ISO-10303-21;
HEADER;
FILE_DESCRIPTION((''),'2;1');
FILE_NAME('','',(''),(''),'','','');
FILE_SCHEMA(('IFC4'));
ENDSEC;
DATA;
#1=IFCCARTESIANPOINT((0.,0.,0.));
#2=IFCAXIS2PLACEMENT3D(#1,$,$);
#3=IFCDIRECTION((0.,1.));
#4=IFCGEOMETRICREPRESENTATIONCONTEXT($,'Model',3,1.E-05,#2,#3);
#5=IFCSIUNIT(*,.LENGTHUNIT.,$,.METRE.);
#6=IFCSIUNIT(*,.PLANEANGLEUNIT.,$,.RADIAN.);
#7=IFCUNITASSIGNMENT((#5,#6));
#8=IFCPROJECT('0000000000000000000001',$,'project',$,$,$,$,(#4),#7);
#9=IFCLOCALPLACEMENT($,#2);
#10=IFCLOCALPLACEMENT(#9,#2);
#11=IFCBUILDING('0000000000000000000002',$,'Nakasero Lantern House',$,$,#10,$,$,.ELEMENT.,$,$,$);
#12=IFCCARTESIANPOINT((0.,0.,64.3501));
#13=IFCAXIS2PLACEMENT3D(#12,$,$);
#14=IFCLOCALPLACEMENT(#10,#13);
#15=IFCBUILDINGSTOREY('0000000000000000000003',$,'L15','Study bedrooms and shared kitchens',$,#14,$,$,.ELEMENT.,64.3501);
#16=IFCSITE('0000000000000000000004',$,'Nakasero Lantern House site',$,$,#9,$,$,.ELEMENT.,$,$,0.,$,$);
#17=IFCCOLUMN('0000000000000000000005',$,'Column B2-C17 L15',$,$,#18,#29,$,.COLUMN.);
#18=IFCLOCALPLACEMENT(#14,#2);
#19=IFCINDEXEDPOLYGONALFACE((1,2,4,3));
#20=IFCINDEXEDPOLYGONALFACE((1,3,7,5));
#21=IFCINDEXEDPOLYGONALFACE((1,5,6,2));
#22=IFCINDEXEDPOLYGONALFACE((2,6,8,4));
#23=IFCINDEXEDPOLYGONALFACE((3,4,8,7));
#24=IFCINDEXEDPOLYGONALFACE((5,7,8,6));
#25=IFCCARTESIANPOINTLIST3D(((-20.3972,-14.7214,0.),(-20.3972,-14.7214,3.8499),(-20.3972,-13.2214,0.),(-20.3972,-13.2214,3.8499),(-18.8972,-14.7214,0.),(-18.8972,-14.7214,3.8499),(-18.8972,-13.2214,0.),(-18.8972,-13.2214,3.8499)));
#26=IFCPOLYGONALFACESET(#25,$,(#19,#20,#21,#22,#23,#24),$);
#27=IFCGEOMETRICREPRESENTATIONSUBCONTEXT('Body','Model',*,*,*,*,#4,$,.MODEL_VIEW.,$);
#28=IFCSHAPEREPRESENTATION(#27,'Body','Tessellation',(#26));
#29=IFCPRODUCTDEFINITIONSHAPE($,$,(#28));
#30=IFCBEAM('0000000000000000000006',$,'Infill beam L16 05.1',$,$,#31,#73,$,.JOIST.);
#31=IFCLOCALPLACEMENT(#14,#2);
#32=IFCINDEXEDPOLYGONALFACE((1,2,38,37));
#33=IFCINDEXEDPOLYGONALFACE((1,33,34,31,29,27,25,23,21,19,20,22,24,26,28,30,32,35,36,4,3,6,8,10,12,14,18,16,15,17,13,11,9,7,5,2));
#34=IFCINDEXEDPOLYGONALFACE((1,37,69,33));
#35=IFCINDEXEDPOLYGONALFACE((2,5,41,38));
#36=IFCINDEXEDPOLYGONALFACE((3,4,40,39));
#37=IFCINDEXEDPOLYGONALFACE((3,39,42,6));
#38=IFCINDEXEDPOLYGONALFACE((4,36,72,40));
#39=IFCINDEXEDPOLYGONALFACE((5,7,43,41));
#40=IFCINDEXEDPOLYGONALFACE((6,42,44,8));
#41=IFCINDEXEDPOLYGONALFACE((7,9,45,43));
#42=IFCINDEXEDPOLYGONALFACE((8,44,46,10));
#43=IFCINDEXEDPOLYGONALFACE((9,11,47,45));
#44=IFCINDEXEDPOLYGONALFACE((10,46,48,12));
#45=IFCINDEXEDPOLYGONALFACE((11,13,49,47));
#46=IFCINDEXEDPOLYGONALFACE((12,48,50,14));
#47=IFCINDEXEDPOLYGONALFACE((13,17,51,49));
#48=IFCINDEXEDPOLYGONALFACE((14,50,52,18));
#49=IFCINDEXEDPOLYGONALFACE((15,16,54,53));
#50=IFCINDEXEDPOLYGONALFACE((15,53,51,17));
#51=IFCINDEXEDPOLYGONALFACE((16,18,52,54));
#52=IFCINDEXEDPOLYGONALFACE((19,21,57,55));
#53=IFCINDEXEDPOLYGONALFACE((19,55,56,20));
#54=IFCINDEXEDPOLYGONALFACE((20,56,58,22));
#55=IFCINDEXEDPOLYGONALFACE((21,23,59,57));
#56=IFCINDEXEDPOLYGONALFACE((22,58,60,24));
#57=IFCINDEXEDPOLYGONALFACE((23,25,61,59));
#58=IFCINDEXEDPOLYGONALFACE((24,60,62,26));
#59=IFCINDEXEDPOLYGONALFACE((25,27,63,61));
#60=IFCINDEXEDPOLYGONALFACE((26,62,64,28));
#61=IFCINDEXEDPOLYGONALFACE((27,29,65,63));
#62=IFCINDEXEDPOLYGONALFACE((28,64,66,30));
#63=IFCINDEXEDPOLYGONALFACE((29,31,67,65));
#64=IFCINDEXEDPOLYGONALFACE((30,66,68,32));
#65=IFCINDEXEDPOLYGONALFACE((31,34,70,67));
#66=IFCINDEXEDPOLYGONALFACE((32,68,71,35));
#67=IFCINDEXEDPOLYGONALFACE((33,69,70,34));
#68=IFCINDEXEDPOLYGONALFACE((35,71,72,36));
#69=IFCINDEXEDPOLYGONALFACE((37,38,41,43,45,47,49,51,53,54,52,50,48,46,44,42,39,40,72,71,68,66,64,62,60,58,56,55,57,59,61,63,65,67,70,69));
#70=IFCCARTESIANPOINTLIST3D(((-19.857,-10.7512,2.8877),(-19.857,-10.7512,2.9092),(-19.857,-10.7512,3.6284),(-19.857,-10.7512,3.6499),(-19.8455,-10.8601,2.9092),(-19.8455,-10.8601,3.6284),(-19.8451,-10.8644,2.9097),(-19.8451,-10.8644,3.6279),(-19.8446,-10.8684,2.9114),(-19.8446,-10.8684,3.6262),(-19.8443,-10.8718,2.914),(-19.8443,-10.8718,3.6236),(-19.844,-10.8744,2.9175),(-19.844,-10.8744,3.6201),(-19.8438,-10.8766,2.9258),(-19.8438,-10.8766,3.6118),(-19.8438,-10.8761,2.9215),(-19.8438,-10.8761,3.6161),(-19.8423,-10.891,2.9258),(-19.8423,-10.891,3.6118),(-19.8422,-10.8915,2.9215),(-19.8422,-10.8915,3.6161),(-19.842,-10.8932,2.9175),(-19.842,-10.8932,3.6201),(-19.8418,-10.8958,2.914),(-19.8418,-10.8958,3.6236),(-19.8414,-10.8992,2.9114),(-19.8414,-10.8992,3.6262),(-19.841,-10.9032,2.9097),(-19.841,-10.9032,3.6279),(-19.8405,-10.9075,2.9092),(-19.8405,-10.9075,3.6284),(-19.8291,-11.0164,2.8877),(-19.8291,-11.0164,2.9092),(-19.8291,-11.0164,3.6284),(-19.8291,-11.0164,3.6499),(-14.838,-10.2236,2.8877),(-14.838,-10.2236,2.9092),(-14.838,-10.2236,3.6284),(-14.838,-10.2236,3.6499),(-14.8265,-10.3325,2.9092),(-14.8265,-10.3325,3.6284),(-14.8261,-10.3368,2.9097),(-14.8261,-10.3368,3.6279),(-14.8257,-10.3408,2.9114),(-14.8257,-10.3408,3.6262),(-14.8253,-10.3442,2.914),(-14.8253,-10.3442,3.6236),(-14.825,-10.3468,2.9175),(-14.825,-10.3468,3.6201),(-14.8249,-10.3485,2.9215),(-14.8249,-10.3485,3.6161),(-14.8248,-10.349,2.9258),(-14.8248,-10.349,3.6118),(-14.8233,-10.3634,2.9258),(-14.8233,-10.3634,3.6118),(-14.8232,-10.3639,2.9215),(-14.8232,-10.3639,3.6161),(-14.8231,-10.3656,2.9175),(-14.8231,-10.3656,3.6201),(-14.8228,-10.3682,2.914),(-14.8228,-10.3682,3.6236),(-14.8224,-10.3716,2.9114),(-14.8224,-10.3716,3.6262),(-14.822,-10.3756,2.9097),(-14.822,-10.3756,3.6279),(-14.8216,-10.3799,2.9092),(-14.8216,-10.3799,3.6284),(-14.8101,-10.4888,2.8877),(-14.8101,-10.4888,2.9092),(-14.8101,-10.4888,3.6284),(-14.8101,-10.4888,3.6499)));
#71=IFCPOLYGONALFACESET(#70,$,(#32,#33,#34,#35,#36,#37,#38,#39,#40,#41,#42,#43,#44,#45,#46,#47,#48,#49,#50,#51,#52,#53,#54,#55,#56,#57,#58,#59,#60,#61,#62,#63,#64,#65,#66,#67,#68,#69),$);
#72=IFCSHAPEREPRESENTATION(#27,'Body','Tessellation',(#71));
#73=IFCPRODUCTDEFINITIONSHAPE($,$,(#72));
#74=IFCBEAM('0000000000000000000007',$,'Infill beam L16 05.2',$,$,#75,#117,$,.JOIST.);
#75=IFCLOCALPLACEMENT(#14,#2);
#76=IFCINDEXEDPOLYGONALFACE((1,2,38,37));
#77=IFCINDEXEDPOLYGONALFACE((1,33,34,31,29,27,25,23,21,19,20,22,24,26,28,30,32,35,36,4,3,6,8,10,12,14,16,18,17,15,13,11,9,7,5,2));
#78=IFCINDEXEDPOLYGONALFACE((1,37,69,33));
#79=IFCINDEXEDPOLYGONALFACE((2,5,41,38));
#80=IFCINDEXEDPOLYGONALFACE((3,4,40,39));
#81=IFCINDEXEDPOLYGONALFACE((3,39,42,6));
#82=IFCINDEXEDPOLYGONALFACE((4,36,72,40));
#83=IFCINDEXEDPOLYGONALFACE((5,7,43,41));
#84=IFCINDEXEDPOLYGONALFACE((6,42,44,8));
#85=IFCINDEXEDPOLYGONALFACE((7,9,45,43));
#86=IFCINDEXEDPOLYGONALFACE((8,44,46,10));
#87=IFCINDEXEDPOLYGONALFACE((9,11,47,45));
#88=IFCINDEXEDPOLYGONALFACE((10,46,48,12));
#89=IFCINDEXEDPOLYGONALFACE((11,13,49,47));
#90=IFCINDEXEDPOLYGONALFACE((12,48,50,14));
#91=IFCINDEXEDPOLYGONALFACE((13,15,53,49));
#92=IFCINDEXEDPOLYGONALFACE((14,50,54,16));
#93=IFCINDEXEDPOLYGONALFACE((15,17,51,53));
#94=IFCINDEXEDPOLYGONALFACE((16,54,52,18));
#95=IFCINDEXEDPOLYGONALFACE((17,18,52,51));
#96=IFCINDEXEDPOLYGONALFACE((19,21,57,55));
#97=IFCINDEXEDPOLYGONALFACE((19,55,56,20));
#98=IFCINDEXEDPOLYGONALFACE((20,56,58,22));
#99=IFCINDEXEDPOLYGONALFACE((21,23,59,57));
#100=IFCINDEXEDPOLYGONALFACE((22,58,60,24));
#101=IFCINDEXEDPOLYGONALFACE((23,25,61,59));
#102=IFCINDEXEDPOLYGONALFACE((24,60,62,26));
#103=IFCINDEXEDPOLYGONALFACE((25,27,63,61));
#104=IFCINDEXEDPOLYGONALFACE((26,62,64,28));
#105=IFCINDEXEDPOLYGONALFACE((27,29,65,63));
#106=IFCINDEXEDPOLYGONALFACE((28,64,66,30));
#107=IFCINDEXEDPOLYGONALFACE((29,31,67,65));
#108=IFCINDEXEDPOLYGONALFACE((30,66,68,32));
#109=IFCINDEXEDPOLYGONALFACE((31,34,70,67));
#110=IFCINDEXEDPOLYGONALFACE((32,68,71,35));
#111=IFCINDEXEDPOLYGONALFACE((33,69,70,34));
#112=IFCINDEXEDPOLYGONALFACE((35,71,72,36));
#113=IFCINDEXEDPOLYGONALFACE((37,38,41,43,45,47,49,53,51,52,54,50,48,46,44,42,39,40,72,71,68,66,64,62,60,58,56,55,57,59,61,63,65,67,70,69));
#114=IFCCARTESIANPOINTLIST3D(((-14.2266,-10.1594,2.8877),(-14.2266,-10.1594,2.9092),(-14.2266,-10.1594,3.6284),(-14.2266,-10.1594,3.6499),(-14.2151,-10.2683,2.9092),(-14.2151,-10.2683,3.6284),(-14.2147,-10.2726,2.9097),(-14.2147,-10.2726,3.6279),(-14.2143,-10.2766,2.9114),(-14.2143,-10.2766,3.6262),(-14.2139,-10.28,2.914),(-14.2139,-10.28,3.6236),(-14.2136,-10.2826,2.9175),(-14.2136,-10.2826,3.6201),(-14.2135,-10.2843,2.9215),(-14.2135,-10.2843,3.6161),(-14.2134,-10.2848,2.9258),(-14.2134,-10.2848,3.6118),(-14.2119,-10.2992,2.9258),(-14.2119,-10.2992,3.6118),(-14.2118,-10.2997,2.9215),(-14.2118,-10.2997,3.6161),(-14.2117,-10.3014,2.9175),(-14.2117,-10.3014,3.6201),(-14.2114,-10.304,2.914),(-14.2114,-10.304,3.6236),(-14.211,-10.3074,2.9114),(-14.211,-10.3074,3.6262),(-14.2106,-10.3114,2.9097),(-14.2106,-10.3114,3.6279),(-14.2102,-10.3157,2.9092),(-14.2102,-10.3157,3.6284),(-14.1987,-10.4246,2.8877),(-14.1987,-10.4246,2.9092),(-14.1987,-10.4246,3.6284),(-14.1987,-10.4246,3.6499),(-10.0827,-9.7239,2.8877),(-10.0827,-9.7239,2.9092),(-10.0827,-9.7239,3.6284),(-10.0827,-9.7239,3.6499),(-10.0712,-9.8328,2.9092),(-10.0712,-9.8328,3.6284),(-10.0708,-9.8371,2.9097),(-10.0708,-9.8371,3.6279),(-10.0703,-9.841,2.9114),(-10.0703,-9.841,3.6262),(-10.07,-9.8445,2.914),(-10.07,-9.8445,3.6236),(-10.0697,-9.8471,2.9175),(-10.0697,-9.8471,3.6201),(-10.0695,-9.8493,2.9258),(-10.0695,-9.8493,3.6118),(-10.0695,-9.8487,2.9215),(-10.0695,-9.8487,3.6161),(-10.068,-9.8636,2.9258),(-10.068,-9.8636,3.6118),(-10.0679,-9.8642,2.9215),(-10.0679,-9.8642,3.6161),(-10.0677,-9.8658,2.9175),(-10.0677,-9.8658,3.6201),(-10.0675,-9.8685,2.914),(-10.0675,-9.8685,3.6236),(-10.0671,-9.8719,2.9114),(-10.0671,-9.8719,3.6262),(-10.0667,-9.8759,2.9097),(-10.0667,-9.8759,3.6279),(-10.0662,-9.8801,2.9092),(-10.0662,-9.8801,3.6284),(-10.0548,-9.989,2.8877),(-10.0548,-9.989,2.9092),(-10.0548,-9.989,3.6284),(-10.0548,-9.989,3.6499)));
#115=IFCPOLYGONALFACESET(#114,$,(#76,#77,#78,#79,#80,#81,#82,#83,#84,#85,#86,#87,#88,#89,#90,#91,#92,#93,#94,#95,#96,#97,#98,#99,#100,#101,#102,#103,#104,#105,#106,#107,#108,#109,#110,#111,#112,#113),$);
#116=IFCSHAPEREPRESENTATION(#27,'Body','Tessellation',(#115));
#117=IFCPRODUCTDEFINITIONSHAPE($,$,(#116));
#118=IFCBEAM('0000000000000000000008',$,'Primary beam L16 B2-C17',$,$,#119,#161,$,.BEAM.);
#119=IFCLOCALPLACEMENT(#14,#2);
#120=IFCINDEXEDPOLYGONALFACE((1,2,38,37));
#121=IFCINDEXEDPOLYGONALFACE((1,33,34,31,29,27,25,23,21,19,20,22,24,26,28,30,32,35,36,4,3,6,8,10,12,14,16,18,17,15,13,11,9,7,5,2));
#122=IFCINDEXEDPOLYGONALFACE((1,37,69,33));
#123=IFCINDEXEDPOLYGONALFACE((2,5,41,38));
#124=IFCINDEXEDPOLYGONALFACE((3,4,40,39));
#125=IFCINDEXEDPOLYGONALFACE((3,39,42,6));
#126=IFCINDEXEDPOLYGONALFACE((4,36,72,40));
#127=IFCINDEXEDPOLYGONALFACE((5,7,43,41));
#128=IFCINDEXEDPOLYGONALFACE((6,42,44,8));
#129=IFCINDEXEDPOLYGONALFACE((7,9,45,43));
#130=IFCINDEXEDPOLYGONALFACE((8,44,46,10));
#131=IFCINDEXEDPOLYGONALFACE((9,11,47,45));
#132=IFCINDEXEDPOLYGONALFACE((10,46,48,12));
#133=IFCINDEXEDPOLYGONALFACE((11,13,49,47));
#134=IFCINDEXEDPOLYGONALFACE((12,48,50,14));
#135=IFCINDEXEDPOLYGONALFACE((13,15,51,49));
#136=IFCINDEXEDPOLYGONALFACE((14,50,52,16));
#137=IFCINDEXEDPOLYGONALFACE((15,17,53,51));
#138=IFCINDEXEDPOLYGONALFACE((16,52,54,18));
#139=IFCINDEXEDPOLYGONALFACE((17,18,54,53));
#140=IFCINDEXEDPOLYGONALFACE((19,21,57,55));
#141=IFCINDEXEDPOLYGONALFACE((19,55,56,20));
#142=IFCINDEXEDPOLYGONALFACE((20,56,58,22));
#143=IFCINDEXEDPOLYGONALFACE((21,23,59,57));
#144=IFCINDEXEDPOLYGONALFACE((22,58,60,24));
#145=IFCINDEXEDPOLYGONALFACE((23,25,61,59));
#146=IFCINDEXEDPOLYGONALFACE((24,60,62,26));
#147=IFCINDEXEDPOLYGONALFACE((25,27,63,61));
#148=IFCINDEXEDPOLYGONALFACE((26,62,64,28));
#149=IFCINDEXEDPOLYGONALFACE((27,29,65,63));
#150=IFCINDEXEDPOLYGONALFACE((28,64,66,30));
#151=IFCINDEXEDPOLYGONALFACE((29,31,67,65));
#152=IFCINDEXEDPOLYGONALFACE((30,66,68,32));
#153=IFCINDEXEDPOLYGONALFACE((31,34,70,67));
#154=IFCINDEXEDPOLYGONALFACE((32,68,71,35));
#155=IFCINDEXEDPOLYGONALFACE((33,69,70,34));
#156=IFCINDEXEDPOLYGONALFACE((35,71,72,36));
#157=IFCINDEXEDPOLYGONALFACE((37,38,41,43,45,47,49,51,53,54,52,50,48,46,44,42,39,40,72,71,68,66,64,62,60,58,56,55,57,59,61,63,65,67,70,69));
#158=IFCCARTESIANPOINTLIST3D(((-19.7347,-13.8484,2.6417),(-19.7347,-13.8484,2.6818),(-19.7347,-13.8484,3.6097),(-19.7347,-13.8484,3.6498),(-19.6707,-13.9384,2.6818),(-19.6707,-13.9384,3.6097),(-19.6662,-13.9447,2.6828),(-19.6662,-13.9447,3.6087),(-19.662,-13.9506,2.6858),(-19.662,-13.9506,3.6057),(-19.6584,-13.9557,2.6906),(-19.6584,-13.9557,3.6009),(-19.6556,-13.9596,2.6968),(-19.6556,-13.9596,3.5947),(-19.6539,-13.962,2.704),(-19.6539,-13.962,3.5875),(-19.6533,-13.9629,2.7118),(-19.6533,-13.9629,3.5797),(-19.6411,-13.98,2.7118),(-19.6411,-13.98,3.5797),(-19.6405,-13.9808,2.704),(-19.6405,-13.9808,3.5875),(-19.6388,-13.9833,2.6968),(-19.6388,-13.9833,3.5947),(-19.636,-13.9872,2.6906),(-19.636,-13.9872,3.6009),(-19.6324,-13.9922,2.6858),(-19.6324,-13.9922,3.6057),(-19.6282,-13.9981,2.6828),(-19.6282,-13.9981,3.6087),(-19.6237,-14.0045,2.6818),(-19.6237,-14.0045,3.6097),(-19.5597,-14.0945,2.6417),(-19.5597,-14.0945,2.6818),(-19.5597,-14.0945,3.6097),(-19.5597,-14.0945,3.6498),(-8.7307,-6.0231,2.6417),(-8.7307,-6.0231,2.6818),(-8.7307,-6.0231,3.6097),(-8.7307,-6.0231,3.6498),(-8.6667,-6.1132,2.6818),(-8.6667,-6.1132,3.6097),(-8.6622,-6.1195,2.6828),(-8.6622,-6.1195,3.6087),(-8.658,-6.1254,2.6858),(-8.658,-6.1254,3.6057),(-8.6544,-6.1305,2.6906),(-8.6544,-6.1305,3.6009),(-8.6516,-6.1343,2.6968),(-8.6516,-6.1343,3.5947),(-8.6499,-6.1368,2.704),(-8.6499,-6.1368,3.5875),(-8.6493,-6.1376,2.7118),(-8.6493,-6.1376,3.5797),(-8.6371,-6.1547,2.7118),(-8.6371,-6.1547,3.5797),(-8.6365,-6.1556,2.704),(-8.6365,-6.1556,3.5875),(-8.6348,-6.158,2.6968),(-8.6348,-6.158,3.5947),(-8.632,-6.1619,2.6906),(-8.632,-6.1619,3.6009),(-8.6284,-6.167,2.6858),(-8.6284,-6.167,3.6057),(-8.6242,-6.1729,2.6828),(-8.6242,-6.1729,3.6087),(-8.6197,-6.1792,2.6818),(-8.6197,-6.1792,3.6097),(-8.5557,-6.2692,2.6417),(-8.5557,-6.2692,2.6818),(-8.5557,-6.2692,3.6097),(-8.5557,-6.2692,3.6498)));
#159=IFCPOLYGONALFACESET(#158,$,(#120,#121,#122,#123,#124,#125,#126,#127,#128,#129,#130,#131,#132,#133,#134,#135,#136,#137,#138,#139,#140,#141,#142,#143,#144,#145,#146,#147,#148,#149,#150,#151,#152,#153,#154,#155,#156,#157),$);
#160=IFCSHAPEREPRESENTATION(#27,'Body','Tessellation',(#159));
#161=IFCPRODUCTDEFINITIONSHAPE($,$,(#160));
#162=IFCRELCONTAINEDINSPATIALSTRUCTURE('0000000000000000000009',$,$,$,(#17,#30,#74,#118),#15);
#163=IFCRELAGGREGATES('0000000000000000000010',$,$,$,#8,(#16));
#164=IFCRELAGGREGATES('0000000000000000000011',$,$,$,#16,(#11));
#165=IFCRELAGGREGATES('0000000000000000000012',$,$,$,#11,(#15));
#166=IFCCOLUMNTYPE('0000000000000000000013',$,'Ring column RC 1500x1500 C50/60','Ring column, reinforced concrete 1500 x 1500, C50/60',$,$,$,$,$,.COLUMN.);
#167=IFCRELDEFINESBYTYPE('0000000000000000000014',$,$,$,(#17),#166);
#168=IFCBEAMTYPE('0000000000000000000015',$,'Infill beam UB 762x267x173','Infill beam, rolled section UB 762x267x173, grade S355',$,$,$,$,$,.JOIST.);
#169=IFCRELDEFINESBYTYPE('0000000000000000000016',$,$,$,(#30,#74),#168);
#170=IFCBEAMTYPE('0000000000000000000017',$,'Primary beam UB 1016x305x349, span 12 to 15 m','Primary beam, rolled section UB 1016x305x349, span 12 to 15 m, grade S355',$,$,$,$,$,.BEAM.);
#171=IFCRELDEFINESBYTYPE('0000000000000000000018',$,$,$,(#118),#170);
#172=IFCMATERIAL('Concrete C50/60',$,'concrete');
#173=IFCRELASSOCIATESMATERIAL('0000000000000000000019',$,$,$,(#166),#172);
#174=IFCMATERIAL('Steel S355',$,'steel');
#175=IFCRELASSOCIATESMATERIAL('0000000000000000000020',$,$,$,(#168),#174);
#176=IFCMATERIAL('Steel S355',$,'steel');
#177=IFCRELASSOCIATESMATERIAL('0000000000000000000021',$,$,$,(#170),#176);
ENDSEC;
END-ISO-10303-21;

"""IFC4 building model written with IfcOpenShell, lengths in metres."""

from ifc_helpers import new_model, si_unit, direction, frame, origin, origin_2d, place, context, subcontext, project, spatial, rectangle, i_section, extrude, material, material_profile, profile_set, type_object, element, save


model = new_model("IFC4")

# Units and contexts
model_context = context("Model", 3, precision=1e-05, world=origin(), true_north=direction((0.0, 1.0)))
body_context = subcontext(model_context, "Body", "Model", "MODEL_VIEW")
ifc_project = project(units=[si_unit("LENGTHUNIT", "METRE"), si_unit("PLANEANGLEUNIT", "RADIAN")], contexts=[model_context])

# Site, building, storey
site_placement = place(None, origin())
site = spatial("IfcSite", under=ifc_project, at=site_placement, Name="Nakasero Lantern House site", CompositionType="ELEMENT", RefElevation=0.0)
building_placement = place(site_placement, origin())
building = spatial("IfcBuilding", under=site, at=building_placement, Name="Nakasero Lantern House", CompositionType="ELEMENT")
storey_placement = place(building_placement, frame((0.0, 0.0, 64.3501)))
storey = spatial("IfcBuildingStorey", under=building, at=storey_placement, Name="L15", Description="Study bedrooms and shared kitchens", CompositionType="ELEMENT", Elevation=64.3501)

# Column
ifc_material_1 = material(Name="Concrete C50/60", Category="concrete")
ifc_material_profile_1 = material_profile(ifc_material_1, rectangle(XDim=1.5, YDim=1.5, at=origin_2d()), Name="RC 1500x1500")
ifc_profile_set_1 = profile_set([ifc_material_profile_1], Name="Concrete C50/60")
column_type = type_object("IfcColumnType", Name="Ring column RC 1500x1500 C50/60", Description="Ring column, reinforced concrete 1500 x 1500, C50/60", PredefinedType="COLUMN", material=ifc_profile_set_1)
column_placement = place(storey_placement, frame((-19.6472, -13.9714, 0.0), z_axis=(0.0, 0.0, 1.0), x_axis=(1.0, 0.0, 0.0)))
element("IfcColumn", 1, at=column_placement, inside=storey, type_object=column_type, Name="Column B2-C17 L15", PredefinedType="COLUMN", context=body_context, shape_type="SweptSolid", body=[
    extrude(rectangle(XDim=1.5, YDim=1.5, at=origin_2d()), origin(), (0.0, 0.0, 1.0), 3.8499),
])

# Beams
ifc_material_2 = material(Name="Steel S355", Category="steel")
ifc_material_profile_2 = material_profile(ifc_material_2, i_section(OverallWidth=0.2666, OverallDepth=0.7622, WebThickness=0.0144, FlangeThickness=0.0215, FilletRadius=0.0166, at=origin_2d()), Name="UB 762x267x173")
ifc_profile_set_2 = profile_set([ifc_material_profile_2], Name="Steel S355")
beam_type_1 = type_object("IfcBeamType", Name="Infill beam UB 762x267x173", Description="Infill beam, rolled section UB 762x267x173, grade S355", PredefinedType="JOIST", material=ifc_profile_set_2)
beam_1_placement = place(storey_placement, frame((-19.843, -10.8838, 3.2688), z_axis=(0.994521, 0.104541, 0.0), x_axis=(-0.104541, 0.994521, 0.0)))
element("IfcBeam", 2, at=beam_1_placement, inside=storey, type_object=beam_type_1, Name="Infill beam L16 05.1", PredefinedType="JOIST", context=body_context, shape_type="SweptSolid", body=[
    extrude(i_section(OverallWidth=0.2666, OverallDepth=0.7622, WebThickness=0.0144, FlangeThickness=0.0215, FilletRadius=0.0166, at=origin_2d()), origin(), (0.0, 0.0, 1.0), 5.0466),
])
beam_2_placement = place(storey_placement, frame((-14.2126, -10.292, 3.2688), z_axis=(0.994522, 0.104526, 0.0), x_axis=(-0.104526, 0.994522, 0.0)))
element("IfcBeam", 3, at=beam_2_placement, inside=storey, type_object=beam_type_1, Name="Infill beam L16 05.2", PredefinedType="JOIST", context=body_context, shape_type="SweptSolid", body=[
    extrude(i_section(OverallWidth=0.2666, OverallDepth=0.7622, WebThickness=0.0144, FlangeThickness=0.0215, FilletRadius=0.0166, at=origin_2d()), origin(), (0.0, 0.0, 1.0), 4.1667),
])
ifc_material_3 = material(Name="Steel S355", Category="steel")
ifc_material_profile_3 = material_profile(ifc_material_3, i_section(OverallWidth=0.302, OverallDepth=1.0081, WebThickness=0.021, FlangeThickness=0.04, FilletRadius=0.03, at=origin_2d()), Name="UB 1016x305x349")
ifc_profile_set_3 = profile_set([ifc_material_profile_3], Name="Steel S355")
beam_type_2 = type_object("IfcBeamType", Name="Primary beam UB 1016x305x349, span 12 to 15 m", Description="Primary beam, rolled section UB 1016x305x349, span 12 to 15 m, grade S355", PredefinedType="BEAM", material=ifc_profile_set_3)
beam_3_placement = place(storey_placement, frame((-19.6472, -13.9714, 3.1458), z_axis=(0.814948, 0.579533, 0.0), x_axis=(-0.579533, 0.814948, 0.0)))
element("IfcBeam", 4, at=beam_3_placement, inside=storey, type_object=beam_type_2, Name="Primary beam L16 B2-C17", PredefinedType="BEAM", context=body_context, shape_type="SweptSolid", body=[
    extrude(i_section(OverallWidth=0.302, OverallDepth=1.0081, WebThickness=0.021, FlangeThickness=0.04, FilletRadius=0.03, at=origin_2d()), origin(), (0.0, 0.0, 1.0), 13.5027),
])

save(model, "model.ifc")
